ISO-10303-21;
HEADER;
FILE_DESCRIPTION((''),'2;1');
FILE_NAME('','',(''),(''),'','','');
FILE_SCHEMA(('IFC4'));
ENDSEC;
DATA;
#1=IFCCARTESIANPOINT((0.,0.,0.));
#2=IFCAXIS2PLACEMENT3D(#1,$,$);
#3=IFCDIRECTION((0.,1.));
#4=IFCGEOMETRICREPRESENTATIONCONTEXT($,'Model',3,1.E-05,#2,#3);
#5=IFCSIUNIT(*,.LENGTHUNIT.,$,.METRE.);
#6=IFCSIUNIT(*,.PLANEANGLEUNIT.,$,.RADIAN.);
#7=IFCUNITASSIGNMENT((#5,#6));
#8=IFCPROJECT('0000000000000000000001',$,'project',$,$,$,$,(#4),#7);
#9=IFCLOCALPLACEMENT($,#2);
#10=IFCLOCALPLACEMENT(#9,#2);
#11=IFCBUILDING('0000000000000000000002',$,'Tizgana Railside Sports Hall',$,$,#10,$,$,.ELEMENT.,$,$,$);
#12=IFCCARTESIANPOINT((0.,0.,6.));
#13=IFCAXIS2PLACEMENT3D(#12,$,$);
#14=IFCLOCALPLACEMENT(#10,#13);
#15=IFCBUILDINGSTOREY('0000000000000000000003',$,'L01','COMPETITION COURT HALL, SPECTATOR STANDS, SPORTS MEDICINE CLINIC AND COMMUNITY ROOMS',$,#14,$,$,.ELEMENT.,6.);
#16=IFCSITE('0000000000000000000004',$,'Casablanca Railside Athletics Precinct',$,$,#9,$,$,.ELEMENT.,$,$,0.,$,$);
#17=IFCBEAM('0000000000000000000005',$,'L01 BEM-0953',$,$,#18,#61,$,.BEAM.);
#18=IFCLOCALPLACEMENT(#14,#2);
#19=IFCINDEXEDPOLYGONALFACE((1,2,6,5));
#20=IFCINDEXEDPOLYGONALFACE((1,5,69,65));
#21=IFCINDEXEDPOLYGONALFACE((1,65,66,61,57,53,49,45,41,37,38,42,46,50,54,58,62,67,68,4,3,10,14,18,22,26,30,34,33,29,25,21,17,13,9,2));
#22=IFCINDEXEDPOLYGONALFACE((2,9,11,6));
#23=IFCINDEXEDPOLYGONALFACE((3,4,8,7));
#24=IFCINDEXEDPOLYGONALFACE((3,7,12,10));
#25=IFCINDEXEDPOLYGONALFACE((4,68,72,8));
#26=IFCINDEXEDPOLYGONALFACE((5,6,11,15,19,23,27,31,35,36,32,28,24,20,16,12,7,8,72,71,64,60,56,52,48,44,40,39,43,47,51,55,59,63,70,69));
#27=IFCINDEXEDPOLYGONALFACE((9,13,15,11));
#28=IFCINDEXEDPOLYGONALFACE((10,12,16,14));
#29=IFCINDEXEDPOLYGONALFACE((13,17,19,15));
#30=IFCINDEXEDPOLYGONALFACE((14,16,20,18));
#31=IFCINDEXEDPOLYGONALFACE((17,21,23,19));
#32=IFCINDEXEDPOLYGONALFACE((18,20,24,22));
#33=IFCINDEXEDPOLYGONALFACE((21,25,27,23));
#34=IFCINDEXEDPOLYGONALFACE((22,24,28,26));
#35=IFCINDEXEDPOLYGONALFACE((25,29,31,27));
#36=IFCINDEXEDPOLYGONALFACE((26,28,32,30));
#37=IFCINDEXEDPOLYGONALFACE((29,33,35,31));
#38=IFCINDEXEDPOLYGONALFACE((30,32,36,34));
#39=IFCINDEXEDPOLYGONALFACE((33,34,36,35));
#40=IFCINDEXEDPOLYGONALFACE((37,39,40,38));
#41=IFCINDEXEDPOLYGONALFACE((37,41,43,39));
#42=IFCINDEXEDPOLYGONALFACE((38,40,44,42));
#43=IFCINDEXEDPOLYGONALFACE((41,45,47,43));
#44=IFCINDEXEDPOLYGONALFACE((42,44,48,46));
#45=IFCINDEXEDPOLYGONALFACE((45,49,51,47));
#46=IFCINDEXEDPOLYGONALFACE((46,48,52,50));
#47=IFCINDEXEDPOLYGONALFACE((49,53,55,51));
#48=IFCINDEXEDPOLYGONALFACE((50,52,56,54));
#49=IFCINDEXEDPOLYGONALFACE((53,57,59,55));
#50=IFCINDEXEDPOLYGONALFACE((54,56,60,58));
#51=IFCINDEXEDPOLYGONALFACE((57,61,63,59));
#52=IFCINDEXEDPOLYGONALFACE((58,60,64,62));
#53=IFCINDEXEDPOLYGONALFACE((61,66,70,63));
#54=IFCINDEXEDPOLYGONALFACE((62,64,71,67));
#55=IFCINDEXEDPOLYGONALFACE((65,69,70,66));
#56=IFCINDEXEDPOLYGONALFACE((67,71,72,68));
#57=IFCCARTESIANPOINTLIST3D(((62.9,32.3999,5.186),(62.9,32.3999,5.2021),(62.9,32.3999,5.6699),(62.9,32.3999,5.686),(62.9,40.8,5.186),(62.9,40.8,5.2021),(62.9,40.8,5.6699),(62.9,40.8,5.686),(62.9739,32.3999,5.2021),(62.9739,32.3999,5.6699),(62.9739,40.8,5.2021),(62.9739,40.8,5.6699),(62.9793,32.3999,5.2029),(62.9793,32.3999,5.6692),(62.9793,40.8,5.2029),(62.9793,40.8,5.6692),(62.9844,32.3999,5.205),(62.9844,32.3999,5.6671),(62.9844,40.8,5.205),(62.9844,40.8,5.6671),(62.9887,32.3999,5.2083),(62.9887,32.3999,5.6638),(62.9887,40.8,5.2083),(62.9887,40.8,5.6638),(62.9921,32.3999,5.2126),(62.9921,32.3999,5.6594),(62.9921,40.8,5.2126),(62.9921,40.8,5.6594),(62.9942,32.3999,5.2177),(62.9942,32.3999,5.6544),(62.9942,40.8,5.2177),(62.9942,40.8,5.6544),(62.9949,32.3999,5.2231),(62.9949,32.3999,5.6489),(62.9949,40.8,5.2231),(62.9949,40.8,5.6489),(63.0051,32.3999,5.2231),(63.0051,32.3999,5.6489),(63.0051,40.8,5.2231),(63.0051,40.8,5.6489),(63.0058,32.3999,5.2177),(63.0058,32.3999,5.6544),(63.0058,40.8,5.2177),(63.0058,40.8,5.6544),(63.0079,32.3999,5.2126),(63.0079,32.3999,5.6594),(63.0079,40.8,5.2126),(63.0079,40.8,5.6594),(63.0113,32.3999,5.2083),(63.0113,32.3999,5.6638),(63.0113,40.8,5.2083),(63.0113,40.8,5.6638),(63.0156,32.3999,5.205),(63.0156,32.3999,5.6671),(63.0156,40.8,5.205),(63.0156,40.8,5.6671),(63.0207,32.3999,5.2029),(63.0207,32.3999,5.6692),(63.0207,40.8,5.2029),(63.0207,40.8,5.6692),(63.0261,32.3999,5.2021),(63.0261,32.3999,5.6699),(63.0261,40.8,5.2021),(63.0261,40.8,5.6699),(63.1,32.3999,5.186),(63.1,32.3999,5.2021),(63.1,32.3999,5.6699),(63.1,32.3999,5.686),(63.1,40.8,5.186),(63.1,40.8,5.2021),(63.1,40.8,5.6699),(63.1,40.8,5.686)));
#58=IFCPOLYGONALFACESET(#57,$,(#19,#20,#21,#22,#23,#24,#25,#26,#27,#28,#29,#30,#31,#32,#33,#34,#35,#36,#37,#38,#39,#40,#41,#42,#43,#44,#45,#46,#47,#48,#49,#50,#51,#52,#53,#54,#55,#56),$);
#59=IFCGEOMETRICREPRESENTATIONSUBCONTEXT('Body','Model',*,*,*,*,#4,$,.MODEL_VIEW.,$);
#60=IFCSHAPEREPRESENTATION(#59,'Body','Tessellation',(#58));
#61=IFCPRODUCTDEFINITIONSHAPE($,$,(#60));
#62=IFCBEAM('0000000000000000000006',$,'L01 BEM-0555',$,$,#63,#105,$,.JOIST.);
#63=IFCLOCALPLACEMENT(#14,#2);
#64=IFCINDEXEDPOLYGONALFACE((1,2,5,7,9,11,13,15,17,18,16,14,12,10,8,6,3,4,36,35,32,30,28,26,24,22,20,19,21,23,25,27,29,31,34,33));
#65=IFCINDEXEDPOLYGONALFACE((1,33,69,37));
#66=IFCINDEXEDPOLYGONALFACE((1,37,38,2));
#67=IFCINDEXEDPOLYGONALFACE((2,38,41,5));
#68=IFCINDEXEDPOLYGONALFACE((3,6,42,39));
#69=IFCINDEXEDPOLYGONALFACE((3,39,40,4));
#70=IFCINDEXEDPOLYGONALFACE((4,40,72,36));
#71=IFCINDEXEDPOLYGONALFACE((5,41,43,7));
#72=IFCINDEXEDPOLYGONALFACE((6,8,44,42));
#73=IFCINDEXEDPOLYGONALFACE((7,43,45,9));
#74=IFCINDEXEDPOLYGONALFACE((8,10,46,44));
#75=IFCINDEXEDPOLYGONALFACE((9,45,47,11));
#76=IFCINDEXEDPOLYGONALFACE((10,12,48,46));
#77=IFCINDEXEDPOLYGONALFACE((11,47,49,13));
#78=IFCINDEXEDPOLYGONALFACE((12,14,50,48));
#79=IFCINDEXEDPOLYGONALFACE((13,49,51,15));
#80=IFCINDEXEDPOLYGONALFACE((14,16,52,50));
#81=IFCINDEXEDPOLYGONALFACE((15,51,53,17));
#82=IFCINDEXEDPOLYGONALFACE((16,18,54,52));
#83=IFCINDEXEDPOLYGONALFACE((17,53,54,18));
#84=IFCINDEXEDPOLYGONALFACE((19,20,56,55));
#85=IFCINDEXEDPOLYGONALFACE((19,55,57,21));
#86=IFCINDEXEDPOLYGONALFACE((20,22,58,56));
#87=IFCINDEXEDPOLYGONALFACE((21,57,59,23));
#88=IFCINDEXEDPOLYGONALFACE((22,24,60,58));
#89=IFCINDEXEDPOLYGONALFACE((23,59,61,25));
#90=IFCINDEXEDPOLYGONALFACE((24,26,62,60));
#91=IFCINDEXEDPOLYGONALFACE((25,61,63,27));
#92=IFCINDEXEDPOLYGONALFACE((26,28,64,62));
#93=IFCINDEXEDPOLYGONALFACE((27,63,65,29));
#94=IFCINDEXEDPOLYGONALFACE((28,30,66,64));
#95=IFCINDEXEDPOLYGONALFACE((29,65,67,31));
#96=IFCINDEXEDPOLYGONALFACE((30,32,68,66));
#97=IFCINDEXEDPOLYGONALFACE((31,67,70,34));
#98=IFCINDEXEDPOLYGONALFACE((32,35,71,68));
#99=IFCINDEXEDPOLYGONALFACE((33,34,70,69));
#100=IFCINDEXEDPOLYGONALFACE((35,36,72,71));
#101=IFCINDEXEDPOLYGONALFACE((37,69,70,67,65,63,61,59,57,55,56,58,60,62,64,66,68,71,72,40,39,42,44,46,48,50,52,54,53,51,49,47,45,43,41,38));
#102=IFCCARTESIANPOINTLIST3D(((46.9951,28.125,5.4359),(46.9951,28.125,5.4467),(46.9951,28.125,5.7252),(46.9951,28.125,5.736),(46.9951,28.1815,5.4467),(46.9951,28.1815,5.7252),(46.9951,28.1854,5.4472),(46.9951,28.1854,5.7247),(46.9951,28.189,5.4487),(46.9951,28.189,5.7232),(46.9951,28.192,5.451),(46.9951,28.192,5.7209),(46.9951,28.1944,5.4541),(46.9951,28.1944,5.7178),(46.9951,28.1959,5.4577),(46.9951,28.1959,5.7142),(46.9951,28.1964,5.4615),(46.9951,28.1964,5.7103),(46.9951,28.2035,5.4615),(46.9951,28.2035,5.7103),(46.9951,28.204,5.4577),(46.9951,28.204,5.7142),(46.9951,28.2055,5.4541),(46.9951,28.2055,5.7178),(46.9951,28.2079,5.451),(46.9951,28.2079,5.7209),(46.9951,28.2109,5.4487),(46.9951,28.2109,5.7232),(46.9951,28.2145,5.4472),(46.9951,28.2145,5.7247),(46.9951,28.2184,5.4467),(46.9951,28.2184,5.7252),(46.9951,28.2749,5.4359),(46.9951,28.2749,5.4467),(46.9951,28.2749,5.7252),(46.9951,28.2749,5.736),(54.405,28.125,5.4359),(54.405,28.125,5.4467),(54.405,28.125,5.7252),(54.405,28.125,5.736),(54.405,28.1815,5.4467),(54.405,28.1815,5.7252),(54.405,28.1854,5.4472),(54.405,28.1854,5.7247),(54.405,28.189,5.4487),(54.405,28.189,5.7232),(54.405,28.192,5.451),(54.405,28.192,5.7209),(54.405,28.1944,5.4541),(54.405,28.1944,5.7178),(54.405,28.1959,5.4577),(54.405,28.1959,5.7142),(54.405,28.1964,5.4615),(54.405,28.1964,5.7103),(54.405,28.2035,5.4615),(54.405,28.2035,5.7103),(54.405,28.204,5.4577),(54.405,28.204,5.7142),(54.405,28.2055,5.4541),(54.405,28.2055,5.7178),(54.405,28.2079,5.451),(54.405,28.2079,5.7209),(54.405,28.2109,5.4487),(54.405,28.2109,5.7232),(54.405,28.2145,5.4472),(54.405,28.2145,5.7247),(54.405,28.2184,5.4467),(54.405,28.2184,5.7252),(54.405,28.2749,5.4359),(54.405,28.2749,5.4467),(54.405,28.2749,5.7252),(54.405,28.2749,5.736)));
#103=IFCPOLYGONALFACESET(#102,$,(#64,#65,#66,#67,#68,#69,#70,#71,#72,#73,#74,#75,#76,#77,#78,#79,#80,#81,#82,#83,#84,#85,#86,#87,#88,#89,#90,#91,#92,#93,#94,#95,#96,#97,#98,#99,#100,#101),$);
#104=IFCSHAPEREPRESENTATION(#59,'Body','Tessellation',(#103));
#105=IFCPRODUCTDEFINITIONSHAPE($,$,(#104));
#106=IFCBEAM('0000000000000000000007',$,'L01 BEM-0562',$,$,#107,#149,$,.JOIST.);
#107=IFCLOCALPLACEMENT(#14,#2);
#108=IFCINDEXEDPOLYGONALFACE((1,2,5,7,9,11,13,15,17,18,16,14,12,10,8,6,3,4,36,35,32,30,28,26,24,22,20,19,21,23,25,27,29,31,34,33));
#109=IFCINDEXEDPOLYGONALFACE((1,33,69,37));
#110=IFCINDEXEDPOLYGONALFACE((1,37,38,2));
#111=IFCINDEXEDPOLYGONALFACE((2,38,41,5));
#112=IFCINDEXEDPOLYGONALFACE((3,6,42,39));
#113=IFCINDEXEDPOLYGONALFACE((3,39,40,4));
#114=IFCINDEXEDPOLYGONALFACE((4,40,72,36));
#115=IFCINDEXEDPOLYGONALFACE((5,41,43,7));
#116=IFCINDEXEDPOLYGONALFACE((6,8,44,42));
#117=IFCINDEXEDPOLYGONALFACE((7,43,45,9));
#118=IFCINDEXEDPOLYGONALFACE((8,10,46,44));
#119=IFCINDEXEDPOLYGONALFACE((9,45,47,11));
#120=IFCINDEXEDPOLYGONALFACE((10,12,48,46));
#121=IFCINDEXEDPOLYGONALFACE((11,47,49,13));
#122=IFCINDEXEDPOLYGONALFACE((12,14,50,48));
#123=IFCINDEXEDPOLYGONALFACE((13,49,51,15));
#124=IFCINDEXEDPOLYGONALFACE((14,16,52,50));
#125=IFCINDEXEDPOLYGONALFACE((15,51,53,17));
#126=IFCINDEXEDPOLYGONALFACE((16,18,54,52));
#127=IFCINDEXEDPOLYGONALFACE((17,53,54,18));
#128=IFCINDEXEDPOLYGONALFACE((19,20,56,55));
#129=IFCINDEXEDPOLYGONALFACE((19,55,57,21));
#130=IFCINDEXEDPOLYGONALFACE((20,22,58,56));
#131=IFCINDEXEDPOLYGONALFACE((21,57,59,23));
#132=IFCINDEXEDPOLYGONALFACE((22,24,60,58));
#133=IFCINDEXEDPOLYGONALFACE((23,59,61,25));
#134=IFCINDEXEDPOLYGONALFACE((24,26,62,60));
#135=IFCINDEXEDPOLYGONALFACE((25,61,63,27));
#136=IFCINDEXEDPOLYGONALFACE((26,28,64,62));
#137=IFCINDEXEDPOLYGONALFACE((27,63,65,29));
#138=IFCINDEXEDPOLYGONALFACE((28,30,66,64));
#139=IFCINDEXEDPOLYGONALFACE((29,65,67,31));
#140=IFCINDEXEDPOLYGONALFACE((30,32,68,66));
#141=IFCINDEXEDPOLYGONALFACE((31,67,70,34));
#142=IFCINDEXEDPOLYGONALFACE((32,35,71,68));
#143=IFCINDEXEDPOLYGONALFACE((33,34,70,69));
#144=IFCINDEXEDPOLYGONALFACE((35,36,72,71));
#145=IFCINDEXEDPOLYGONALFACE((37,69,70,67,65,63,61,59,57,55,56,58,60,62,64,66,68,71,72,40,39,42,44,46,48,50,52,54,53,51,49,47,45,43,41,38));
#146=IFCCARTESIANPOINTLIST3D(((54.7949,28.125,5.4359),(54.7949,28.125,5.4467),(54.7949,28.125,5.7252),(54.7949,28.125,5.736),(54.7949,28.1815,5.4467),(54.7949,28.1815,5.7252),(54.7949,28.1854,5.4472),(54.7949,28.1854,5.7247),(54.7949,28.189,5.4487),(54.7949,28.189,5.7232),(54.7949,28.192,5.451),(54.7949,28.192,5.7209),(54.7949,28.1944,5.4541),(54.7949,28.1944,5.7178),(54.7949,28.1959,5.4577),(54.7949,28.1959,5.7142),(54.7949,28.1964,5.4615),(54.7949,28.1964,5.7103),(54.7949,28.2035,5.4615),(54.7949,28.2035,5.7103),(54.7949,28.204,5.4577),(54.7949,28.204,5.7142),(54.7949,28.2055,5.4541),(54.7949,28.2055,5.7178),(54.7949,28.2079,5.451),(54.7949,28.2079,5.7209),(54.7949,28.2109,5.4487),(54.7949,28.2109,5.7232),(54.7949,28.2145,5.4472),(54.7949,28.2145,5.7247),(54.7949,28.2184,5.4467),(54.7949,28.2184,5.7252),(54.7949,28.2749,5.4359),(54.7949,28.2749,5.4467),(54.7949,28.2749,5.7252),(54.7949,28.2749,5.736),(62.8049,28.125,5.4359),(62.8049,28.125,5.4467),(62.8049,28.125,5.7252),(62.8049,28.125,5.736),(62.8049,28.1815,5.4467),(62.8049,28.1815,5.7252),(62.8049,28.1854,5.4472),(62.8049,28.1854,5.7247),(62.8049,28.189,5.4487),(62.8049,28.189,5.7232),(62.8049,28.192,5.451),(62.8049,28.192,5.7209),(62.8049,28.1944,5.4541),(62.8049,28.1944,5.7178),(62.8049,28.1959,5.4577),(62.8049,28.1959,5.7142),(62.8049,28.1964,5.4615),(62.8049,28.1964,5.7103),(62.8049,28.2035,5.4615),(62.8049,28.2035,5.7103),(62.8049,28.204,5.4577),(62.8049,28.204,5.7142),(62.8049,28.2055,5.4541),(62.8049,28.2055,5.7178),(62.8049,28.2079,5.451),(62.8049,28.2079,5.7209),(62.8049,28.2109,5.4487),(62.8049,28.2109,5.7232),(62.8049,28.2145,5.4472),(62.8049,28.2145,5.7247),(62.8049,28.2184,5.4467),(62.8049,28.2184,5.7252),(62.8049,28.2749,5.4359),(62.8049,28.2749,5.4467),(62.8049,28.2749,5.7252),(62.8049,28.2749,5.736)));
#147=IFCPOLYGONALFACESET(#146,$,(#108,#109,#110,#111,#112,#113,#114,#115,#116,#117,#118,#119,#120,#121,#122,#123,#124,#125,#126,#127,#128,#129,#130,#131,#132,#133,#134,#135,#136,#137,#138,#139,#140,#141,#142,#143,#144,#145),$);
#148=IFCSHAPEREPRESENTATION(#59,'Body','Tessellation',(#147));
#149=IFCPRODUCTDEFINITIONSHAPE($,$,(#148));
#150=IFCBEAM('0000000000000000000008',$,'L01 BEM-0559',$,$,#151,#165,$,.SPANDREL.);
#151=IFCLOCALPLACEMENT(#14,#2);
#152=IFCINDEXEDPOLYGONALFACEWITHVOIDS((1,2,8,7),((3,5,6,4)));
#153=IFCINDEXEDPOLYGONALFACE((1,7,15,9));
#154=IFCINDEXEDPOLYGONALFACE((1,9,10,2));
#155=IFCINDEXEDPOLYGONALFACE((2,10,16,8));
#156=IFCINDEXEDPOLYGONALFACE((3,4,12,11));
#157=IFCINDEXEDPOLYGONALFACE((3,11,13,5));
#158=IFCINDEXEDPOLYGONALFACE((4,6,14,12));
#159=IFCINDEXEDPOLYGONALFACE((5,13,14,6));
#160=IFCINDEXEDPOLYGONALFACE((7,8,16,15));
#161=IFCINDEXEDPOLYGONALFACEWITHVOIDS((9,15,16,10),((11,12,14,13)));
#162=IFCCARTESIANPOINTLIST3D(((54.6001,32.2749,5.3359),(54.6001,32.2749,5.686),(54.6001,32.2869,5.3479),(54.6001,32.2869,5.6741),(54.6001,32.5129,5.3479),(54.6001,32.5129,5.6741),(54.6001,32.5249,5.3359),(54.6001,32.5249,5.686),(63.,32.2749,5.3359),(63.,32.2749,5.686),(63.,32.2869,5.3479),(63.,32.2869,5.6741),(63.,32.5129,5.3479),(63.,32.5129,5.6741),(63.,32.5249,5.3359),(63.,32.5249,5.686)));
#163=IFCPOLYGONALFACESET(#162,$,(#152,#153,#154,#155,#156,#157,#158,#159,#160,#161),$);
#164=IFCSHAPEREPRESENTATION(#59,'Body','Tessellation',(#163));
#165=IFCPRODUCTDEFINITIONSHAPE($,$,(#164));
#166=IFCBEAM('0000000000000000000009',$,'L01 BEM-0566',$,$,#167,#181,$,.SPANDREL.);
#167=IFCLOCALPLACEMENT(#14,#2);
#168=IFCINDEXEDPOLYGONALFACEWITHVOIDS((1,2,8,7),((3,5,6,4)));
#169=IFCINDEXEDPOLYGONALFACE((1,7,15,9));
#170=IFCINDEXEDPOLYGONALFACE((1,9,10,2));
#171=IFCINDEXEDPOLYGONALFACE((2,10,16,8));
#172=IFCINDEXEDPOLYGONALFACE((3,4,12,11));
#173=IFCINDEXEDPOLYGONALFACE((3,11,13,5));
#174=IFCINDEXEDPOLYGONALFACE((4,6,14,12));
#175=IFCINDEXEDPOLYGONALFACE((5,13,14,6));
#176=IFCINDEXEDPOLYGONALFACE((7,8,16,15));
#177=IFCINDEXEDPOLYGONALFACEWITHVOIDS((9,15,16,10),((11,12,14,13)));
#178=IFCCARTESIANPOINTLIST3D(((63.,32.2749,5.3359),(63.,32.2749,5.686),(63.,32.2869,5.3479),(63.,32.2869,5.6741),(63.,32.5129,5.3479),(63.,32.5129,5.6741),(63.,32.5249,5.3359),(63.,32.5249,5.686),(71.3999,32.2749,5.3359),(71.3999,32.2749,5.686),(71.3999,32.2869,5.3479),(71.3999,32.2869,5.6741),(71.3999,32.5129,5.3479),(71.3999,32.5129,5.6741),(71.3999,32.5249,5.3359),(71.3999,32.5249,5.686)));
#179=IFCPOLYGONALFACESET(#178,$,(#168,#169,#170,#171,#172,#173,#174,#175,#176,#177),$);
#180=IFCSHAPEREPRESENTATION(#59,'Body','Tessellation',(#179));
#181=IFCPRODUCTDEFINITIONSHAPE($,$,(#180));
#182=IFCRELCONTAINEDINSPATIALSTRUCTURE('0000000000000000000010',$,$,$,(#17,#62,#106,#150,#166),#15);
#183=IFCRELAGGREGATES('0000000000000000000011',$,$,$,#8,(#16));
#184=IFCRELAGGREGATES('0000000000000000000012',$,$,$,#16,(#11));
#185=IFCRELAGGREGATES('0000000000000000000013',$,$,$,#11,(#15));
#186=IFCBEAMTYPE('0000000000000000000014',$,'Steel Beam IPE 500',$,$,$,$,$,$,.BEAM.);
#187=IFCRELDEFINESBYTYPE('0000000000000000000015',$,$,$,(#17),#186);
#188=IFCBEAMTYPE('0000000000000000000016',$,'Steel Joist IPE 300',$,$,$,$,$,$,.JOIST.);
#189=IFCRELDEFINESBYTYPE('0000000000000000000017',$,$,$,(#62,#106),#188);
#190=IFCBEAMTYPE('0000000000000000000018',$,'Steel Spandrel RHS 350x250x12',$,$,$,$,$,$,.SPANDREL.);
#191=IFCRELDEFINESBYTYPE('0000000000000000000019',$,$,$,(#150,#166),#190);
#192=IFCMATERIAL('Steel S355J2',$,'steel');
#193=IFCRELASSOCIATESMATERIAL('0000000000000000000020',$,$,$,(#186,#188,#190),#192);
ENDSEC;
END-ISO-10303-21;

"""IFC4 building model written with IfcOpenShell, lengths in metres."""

from ifc_helpers import new_model, si_unit, direction, frame, origin, origin_2d, place, context, subcontext, project, spatial, hollow_rectangle, i_section, extrude, material, material_profile, profile_set, type_object, element, save


model = new_model("IFC4")

# Units and contexts
model_context = context("Model", 3, precision=1e-05, world=origin(), true_north=direction((0.0, 1.0)))
body_context = subcontext(model_context, "Body", "Model", "MODEL_VIEW")
ifc_project = project(units=[si_unit("LENGTHUNIT", "METRE"), si_unit("PLANEANGLEUNIT", "RADIAN")], contexts=[model_context])

# Site, building, storey
site_placement = place(None, origin())
site = spatial("IfcSite", under=ifc_project, at=site_placement, Name="Casablanca Railside Athletics Precinct", CompositionType="ELEMENT", RefElevation=0.0)
building_placement = place(site_placement, origin())
building = spatial("IfcBuilding", under=site, at=building_placement, Name="Tizgana Railside Sports Hall", CompositionType="ELEMENT")
storey_placement = place(building_placement, frame((0.0, 0.0, 6.0)))
storey = spatial("IfcBuildingStorey", under=building, at=storey_placement, Name="L01", Description="COMPETITION COURT HALL, SPECTATOR STANDS, SPORTS MEDICINE CLINIC AND COMMUNITY ROOMS", CompositionType="ELEMENT", Elevation=6.0)

# Shared definitions
ifc_material_1 = material(Name="Steel S355J2", Category="steel")

# Beams
ifc_material_profile_1 = material_profile(ifc_material_1, i_section(OverallWidth=0.2, OverallDepth=0.5, WebThickness=0.0103, FlangeThickness=0.0161, FilletRadius=0.021, at=origin_2d()), Name="IPE 500")
ifc_profile_set_1 = profile_set([ifc_material_profile_1], Name="Steel S355J2")
beam_type_1 = type_object("IfcBeamType", Name="Steel Beam IPE 500", PredefinedType="BEAM", material=ifc_profile_set_1)
for number, where, z_axis, x_axis, name in (
    (1, (63.0, 32.3999, 5.436), (0.0, 1.0, 0.0), (-1.0, 0.0, 0.0), "L01 BEM-0953"),
):
    element("IfcBeam", number, at=place(storey_placement, frame(where, z_axis=z_axis, x_axis=x_axis)), inside=storey, type_object=beam_type_1, Name=name, PredefinedType="BEAM", context=body_context, shape_type="SweptSolid", body=[
        extrude(i_section(OverallWidth=0.2, OverallDepth=0.5, WebThickness=0.0103, FlangeThickness=0.0161, FilletRadius=0.021, at=origin_2d()), origin(), (0.0, 0.0, 1.0), 8.4001),
    ])
ifc_material_profile_2 = material_profile(ifc_material_1, i_section(OverallWidth=0.1499, OverallDepth=0.3, WebThickness=0.0071, FlangeThickness=0.0107, FilletRadius=0.0149, at=origin_2d()), Name="IPE 300")
ifc_profile_set_2 = profile_set([ifc_material_profile_2], Name="Steel S355J2")
beam_type_2 = type_object("IfcBeamType", Name="Steel Joist IPE 300", PredefinedType="JOIST", material=ifc_profile_set_2)
beam_1_placement = place(storey_placement, frame((46.9951, 28.2, 5.5859), z_axis=(1.0, 0.0, 0.0), x_axis=(0.0, 1.0, 0.0)))
element("IfcBeam", 2, at=beam_1_placement, inside=storey, type_object=beam_type_2, Name="L01 BEM-0555", PredefinedType="JOIST", context=body_context, shape_type="SweptSolid", body=[
    extrude(i_section(OverallWidth=0.1499, OverallDepth=0.3, WebThickness=0.0071, FlangeThickness=0.0107, FilletRadius=0.0149, at=origin_2d()), origin(), (0.0, 0.0, 1.0), 7.4099),
])
beam_2_placement = place(storey_placement, frame((54.7949, 28.2, 5.5859), z_axis=(1.0, 0.0, 0.0), x_axis=(0.0, 1.0, 0.0)))
element("IfcBeam", 3, at=beam_2_placement, inside=storey, type_object=beam_type_2, Name="L01 BEM-0562", PredefinedType="JOIST", context=body_context, shape_type="SweptSolid", body=[
    extrude(i_section(OverallWidth=0.1499, OverallDepth=0.3, WebThickness=0.0071, FlangeThickness=0.0107, FilletRadius=0.0149, at=origin_2d()), origin(), (0.0, 0.0, 1.0), 8.01),
])
ifc_material_profile_3 = material_profile(ifc_material_1, hollow_rectangle(XDim=0.25, YDim=0.3501, WallThickness=0.012, at=origin_2d()), Name="RHS 350x250x12")
ifc_profile_set_3 = profile_set([ifc_material_profile_3], Name="Steel S355J2")
beam_type_3 = type_object("IfcBeamType", Name="Steel Spandrel RHS 350x250x12", PredefinedType="SPANDREL", material=ifc_profile_set_3)
for number, where, z_axis, x_axis, name in (
    (4, (54.6001, 32.3999, 5.511), (1.0, 0.0, 0.0), (0.0, 1.0, 0.0), "L01 BEM-0559"),
    (5, (63.0, 32.3999, 5.511), (1.0, 0.0, 0.0), (0.0, 1.0, 0.0), "L01 BEM-0566"),
):
    element("IfcBeam", number, at=place(storey_placement, frame(where, z_axis=z_axis, x_axis=x_axis)), inside=storey, type_object=beam_type_3, Name=name, PredefinedType="SPANDREL", context=body_context, shape_type="SweptSolid", body=[
        extrude(hollow_rectangle(XDim=0.25, YDim=0.3501, WallThickness=0.012, at=origin_2d()), origin(), (0.0, 0.0, 1.0), 8.3999),
    ])

save(model, "model.ifc")
